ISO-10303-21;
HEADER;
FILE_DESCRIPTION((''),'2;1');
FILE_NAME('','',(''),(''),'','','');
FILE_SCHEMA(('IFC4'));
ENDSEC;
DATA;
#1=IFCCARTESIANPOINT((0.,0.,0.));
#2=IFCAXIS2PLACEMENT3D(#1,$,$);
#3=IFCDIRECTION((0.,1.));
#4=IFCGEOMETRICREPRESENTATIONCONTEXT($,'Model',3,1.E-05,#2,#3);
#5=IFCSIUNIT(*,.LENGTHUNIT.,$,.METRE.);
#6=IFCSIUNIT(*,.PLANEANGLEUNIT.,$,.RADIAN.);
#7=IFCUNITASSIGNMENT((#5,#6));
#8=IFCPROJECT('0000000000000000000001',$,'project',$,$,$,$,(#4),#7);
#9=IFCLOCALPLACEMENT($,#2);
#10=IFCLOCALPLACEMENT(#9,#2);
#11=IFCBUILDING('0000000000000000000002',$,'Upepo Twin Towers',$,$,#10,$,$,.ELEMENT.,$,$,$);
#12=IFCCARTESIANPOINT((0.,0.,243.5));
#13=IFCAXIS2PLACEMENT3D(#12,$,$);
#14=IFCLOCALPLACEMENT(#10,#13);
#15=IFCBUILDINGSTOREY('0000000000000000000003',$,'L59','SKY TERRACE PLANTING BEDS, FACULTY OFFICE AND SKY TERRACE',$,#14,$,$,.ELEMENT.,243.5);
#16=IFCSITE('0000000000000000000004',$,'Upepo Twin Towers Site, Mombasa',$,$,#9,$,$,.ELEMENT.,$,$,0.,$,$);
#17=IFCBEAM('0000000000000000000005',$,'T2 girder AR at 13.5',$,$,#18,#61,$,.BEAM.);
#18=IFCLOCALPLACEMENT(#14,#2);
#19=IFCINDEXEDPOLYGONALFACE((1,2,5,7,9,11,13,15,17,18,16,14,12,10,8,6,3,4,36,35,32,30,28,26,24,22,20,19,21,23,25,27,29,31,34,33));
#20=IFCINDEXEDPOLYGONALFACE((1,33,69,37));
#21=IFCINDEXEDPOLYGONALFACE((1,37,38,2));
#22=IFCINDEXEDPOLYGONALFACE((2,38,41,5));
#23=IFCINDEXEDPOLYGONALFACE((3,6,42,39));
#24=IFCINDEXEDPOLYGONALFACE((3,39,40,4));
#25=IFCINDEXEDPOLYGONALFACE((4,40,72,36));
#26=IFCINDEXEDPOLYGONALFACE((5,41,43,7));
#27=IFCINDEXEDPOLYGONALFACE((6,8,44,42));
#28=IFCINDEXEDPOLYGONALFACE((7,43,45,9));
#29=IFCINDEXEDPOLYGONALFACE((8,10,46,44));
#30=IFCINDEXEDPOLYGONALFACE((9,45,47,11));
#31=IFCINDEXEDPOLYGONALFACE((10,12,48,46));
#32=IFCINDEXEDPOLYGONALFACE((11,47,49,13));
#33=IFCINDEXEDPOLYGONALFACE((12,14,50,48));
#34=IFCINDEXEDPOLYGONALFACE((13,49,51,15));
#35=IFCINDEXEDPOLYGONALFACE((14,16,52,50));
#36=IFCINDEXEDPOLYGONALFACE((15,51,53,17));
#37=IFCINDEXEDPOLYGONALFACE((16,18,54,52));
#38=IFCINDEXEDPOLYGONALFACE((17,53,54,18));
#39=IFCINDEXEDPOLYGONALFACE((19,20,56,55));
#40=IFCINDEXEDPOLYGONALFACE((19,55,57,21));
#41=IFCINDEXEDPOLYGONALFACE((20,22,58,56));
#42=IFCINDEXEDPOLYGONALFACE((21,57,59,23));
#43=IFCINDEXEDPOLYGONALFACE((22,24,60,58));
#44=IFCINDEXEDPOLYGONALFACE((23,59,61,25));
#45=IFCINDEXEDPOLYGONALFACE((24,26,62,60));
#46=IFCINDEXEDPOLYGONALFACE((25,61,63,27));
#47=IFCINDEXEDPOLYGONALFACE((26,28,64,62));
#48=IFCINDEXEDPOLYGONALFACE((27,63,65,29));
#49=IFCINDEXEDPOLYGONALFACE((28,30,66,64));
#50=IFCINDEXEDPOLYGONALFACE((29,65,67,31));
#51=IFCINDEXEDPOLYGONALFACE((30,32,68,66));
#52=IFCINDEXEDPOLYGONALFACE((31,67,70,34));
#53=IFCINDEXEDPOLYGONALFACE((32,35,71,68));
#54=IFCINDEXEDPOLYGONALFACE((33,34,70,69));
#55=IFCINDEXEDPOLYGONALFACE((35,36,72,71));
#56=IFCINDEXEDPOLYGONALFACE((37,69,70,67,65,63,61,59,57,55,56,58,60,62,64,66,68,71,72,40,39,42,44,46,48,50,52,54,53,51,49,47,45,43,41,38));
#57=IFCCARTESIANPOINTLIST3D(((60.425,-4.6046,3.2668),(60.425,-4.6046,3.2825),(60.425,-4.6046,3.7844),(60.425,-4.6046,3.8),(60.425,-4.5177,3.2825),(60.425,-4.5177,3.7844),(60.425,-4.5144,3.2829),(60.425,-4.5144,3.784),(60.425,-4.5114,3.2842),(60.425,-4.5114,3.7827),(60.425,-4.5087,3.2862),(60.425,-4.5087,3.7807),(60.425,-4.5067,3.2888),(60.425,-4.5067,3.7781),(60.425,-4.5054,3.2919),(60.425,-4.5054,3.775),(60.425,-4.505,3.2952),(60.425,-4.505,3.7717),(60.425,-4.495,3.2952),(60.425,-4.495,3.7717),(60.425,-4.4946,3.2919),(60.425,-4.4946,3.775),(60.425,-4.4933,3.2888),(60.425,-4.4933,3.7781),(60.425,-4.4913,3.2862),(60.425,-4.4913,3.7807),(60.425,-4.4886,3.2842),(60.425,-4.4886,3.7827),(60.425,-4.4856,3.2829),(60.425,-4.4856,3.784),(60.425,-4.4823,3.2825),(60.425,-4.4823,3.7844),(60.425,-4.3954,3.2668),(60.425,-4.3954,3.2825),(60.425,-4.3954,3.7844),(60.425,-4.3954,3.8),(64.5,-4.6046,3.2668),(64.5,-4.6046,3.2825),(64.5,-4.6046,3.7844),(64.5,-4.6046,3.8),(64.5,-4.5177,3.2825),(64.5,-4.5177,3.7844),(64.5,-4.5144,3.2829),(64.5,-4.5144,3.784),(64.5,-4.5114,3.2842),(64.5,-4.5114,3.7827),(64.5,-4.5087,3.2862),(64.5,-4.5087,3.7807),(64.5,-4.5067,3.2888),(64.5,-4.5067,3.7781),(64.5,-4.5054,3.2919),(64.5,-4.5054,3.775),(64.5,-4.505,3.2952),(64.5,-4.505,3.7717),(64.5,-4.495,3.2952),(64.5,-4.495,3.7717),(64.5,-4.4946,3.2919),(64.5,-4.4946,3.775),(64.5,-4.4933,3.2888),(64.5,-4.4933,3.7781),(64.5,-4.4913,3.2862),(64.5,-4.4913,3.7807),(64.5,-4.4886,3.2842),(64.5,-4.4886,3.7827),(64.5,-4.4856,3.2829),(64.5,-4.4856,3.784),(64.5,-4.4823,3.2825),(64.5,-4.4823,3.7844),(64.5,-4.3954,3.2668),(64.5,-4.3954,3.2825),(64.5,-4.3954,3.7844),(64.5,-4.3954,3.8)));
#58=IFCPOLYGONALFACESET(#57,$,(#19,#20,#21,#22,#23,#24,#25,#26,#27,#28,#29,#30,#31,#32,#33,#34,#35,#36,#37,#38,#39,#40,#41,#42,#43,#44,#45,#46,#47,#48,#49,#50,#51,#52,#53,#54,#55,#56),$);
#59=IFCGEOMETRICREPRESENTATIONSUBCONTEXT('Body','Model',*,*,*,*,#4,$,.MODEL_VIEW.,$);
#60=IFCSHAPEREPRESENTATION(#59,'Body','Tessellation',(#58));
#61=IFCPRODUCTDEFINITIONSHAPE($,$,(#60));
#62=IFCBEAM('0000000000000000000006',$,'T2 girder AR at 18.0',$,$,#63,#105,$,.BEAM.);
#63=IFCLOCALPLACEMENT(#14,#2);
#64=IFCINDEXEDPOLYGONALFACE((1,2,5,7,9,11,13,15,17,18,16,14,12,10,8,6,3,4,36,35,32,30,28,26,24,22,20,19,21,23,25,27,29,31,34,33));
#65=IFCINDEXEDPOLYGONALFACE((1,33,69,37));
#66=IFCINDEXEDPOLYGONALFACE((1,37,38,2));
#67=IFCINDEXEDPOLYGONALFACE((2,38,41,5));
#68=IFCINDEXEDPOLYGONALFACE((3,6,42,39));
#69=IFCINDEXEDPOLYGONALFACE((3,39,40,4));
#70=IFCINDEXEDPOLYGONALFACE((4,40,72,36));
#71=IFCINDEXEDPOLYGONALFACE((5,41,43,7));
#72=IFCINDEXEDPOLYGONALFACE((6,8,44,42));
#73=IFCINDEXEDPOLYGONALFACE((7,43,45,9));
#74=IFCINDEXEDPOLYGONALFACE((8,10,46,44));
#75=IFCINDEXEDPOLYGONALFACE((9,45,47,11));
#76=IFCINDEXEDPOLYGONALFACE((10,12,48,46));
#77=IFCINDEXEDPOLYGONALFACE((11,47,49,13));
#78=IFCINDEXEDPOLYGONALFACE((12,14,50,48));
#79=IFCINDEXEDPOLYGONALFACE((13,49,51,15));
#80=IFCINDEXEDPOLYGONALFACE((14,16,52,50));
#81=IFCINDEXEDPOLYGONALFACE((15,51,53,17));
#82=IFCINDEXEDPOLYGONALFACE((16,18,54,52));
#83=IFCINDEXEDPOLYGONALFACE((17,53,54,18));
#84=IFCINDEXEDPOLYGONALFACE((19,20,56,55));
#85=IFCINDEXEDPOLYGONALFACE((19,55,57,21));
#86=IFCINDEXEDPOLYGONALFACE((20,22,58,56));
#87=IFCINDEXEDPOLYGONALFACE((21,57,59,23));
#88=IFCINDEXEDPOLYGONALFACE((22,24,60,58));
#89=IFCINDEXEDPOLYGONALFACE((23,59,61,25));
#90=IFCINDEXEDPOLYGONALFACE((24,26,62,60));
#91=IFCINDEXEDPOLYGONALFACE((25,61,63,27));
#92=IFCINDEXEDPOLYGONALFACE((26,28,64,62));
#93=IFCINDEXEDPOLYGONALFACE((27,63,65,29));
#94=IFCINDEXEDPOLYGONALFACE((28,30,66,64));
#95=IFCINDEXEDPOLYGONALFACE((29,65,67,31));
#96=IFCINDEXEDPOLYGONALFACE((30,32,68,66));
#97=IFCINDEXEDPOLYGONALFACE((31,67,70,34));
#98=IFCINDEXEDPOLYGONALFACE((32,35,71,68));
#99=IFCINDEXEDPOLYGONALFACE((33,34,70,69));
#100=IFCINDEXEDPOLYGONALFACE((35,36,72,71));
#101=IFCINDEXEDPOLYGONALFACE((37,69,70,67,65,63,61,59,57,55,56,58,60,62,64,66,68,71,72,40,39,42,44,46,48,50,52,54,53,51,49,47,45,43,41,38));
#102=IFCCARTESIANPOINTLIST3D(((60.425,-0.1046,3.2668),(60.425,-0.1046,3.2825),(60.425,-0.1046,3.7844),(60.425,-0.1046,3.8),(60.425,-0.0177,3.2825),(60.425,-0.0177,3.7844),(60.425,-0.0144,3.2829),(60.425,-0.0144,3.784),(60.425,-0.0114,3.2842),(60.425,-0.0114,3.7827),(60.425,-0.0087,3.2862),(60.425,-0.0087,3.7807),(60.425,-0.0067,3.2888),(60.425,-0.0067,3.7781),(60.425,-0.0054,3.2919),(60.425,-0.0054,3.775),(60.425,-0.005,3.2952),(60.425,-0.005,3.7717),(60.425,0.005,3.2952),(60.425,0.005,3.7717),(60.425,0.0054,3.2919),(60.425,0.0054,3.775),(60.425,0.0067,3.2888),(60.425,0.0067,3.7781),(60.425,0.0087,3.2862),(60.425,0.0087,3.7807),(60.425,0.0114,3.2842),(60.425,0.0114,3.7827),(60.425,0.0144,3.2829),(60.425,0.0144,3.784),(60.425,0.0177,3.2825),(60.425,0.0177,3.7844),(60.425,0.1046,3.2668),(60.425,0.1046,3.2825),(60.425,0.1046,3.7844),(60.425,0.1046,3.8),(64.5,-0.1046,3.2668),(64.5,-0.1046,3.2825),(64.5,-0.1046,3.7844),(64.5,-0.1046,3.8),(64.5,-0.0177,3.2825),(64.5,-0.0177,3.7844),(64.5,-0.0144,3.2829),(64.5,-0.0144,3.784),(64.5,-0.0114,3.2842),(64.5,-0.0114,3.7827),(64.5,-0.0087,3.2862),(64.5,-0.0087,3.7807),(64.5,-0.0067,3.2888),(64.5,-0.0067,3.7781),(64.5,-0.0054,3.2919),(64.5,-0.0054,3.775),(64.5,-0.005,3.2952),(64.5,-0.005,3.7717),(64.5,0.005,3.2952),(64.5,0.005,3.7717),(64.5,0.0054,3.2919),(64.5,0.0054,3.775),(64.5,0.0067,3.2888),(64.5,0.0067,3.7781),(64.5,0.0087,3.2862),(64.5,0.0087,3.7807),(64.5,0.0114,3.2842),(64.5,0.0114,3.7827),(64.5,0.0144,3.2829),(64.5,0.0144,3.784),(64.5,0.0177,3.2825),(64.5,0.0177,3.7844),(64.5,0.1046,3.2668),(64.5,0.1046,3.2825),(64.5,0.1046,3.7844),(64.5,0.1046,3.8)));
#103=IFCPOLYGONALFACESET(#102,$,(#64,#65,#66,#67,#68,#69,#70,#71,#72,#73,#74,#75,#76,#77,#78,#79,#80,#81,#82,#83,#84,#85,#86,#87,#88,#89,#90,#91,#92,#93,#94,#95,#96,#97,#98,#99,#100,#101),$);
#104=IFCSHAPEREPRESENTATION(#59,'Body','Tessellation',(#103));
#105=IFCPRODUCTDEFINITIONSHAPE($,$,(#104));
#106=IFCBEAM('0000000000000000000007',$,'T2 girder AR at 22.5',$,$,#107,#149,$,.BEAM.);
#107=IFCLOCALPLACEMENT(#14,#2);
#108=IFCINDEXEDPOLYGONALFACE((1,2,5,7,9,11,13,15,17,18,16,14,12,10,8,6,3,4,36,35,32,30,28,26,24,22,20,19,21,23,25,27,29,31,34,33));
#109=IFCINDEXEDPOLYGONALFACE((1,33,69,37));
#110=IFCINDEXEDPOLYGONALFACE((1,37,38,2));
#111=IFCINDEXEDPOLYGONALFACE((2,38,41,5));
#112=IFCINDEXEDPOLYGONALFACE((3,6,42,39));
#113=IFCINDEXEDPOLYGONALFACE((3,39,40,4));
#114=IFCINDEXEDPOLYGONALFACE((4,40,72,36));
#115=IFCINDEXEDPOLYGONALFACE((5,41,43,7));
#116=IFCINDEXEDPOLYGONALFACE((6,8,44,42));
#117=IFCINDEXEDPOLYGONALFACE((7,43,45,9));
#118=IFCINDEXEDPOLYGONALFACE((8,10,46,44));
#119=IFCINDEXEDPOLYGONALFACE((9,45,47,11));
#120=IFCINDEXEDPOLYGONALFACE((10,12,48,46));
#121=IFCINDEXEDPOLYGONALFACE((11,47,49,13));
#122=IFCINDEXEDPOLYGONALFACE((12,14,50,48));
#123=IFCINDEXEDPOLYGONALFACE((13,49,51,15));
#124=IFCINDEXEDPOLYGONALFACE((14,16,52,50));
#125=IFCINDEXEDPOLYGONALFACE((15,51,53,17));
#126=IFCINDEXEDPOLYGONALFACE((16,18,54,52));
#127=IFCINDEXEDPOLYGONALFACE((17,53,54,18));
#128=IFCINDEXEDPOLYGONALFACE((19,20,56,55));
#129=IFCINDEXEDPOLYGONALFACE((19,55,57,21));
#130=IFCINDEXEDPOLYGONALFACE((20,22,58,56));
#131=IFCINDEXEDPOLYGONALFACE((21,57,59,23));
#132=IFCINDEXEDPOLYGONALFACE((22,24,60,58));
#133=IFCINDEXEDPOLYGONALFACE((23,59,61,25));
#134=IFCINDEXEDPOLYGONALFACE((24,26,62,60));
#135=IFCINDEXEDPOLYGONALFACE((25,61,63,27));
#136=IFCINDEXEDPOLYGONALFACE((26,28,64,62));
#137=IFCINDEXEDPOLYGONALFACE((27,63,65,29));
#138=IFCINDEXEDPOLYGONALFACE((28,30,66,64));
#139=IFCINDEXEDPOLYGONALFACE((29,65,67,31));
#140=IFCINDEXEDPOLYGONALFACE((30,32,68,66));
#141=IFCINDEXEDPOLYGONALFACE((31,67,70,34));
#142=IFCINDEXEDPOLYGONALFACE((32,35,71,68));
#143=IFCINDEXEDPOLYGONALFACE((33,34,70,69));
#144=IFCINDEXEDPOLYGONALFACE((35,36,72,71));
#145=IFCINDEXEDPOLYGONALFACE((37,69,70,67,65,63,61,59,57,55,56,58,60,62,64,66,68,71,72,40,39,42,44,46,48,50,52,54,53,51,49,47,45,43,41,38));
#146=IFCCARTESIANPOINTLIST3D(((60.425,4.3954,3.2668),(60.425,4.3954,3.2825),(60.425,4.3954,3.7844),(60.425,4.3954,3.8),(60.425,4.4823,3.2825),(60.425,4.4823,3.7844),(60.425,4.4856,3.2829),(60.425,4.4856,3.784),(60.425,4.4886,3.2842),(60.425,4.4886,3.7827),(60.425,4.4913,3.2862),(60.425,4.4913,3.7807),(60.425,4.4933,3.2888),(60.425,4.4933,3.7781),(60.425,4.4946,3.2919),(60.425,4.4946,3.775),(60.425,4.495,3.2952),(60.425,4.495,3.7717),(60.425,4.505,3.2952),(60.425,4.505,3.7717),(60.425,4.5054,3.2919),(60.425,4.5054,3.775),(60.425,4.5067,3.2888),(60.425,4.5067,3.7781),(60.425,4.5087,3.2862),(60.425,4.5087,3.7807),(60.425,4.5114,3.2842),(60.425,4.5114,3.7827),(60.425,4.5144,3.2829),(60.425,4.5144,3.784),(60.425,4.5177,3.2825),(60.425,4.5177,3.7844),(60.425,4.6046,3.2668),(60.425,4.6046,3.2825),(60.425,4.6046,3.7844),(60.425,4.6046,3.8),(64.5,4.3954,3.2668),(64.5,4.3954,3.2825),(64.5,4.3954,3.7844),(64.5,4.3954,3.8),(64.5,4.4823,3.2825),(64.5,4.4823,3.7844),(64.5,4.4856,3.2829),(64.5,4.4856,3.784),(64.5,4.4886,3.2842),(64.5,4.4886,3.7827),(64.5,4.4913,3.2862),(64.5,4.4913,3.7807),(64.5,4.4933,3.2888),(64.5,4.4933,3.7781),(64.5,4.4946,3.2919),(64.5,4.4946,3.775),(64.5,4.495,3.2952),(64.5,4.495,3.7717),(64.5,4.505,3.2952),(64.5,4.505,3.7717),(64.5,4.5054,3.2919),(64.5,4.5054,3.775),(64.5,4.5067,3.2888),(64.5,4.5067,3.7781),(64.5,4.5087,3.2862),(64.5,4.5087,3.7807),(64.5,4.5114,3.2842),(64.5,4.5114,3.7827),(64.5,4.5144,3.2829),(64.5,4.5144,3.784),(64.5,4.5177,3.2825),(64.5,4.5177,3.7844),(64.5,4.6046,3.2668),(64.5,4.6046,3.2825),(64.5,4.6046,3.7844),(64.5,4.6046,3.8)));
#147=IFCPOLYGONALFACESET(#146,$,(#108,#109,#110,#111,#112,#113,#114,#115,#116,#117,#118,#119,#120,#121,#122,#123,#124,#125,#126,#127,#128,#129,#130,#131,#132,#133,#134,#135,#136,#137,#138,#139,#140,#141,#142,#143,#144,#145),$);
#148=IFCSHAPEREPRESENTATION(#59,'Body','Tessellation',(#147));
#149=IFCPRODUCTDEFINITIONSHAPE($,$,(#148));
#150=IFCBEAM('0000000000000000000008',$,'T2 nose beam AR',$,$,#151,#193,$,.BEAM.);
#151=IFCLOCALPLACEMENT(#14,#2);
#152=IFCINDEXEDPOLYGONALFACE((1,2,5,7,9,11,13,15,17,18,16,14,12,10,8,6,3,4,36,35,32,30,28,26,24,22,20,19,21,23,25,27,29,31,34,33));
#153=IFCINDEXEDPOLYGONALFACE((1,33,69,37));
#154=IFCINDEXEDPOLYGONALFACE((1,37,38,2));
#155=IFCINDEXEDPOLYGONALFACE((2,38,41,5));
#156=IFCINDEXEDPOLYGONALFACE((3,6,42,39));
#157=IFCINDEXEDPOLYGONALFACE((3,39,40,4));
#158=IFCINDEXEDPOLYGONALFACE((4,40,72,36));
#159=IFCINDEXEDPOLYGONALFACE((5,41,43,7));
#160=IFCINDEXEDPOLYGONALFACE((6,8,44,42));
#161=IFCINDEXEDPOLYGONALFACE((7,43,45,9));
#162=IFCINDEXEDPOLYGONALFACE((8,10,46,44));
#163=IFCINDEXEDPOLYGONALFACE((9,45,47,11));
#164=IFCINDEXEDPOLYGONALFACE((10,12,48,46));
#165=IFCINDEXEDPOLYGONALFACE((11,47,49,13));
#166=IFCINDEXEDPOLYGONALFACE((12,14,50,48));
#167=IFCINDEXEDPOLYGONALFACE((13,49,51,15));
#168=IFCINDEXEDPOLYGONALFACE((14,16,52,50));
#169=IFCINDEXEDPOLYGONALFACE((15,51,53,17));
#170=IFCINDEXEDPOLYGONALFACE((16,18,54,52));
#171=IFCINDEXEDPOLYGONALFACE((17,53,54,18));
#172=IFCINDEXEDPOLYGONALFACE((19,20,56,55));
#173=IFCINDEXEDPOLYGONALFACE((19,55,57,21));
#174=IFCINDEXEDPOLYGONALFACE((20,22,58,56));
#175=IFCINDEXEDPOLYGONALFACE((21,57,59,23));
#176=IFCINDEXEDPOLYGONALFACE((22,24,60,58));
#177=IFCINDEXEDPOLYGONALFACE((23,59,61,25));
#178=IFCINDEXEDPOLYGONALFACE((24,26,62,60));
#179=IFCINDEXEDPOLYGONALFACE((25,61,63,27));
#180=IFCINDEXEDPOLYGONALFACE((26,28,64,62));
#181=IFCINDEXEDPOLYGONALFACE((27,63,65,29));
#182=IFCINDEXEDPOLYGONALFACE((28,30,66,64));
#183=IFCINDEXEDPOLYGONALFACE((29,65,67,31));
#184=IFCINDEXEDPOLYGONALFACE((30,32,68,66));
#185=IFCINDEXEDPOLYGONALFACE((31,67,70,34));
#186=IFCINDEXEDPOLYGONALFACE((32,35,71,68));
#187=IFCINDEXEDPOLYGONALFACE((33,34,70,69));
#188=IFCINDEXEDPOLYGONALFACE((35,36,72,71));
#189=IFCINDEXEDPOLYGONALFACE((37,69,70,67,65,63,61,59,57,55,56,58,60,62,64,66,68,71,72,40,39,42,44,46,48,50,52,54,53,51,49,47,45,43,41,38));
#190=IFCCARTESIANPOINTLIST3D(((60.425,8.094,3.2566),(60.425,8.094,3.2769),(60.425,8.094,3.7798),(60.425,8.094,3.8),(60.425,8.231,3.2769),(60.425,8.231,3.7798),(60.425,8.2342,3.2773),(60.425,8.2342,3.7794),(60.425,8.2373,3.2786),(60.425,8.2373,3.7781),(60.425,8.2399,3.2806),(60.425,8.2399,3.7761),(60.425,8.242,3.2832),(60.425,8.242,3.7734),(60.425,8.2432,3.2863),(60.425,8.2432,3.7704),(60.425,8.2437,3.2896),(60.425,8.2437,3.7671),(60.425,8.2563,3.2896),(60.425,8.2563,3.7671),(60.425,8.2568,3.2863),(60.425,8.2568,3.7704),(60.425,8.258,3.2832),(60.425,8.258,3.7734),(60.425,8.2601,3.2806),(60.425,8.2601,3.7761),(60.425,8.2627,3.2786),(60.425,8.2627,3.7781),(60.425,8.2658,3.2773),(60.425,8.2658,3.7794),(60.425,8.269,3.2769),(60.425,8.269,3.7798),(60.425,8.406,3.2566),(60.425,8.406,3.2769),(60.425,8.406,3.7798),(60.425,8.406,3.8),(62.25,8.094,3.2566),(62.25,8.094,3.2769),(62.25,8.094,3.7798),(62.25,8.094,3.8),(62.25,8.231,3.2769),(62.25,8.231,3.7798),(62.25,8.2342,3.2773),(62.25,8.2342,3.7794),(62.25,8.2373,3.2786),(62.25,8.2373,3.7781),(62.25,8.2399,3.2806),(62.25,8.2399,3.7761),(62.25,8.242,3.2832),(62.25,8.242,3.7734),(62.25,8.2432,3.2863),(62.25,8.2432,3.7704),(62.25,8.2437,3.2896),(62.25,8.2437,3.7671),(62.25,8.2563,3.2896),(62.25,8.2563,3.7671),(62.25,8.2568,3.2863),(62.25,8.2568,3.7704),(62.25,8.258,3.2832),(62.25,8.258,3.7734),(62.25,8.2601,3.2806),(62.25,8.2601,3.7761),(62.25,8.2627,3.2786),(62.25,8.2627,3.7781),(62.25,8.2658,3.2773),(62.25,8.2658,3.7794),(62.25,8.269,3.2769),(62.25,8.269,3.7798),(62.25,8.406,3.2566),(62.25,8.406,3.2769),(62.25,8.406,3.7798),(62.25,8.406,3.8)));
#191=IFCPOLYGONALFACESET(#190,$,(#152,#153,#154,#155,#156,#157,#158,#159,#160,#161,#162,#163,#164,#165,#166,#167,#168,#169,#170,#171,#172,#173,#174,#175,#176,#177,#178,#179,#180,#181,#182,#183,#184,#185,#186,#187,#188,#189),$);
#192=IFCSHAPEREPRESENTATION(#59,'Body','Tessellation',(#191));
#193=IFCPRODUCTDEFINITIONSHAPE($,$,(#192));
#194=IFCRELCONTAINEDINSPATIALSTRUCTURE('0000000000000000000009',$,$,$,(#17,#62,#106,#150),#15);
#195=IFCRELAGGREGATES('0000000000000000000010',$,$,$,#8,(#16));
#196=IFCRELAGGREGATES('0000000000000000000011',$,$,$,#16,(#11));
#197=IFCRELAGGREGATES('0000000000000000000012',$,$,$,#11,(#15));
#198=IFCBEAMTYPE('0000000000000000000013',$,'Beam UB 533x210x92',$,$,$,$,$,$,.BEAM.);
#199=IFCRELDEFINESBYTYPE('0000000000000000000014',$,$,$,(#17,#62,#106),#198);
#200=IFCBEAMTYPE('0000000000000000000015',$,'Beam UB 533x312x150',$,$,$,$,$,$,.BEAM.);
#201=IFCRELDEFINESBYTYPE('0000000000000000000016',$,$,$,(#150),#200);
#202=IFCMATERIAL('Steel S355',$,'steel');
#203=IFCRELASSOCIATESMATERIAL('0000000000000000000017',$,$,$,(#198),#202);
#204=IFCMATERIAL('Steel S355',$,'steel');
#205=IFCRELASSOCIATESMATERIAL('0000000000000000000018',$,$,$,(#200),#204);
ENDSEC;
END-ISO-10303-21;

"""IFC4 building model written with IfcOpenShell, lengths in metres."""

from ifc_helpers import new_model, si_unit, direction, frame, origin, origin_2d, place, context, subcontext, project, spatial, i_section, extrude, material, material_profile, profile_set, type_object, element, save


model = new_model("IFC4")

# Units and contexts
model_context = context("Model", 3, precision=1e-05, world=origin(), true_north=direction((0.0, 1.0)))
body_context = subcontext(model_context, "Body", "Model", "MODEL_VIEW")
ifc_project = project(units=[si_unit("LENGTHUNIT", "METRE"), si_unit("PLANEANGLEUNIT", "RADIAN")], contexts=[model_context])

# Site, building, storey
site_placement = place(None, origin())
site = spatial("IfcSite", under=ifc_project, at=site_placement, Name="Upepo Twin Towers Site, Mombasa", CompositionType="ELEMENT", RefElevation=0.0)
building_placement = place(site_placement, origin())
building = spatial("IfcBuilding", under=site, at=building_placement, Name="Upepo Twin Towers", CompositionType="ELEMENT")
storey_placement = place(building_placement, frame((0.0, 0.0, 243.5)))
storey = spatial("IfcBuildingStorey", under=building, at=storey_placement, Name="L59", Description="SKY TERRACE PLANTING BEDS, FACULTY OFFICE AND SKY TERRACE", CompositionType="ELEMENT", Elevation=243.5)

# Beams
ifc_material_1 = material(Name="Steel S355", Category="steel")
ifc_material_profile_1 = material_profile(ifc_material_1, i_section(OverallWidth=0.2092, OverallDepth=0.5332, WebThickness=0.01, FlangeThickness=0.0156, FilletRadius=0.0127, at=origin_2d()), Name="UB 533x210x92")
ifc_profile_set_1 = profile_set([ifc_material_profile_1], Name="Steel S355")
beam_type_1 = type_object("IfcBeamType", Name="Beam UB 533x210x92", PredefinedType="BEAM", material=ifc_profile_set_1)
for number, where, z_axis, x_axis, name in (
    (1, (64.5, -4.5, 3.5334), (-1.0, 0.0, 0.0), (0.0, -1.0, 0.0), "T2 girder AR at 13.5"),
    (2, (64.5, 0.0, 3.5334), (-1.0, 0.0, 0.0), (0.0, -1.0, 0.0), "T2 girder AR at 18.0"),
    (3, (64.5, 4.5, 3.5334), (-1.0, 0.0, 0.0), (0.0, -1.0, 0.0), "T2 girder AR at 22.5"),
):
    element("IfcBeam", number, at=place(storey_placement, frame(where, z_axis=z_axis, x_axis=x_axis)), inside=storey, type_object=beam_type_1, Name=name, PredefinedType="BEAM", context=body_context, shape_type="SweptSolid", body=[
        extrude(i_section(OverallWidth=0.2092, OverallDepth=0.5332, WebThickness=0.01, FlangeThickness=0.0156, FilletRadius=0.0127, at=origin_2d()), origin(), (0.0, 0.0, 1.0), 4.075),
    ])
ifc_material_2 = material(Name="Steel S355", Category="steel")
ifc_material_profile_2 = material_profile(ifc_material_2, i_section(OverallWidth=0.312, OverallDepth=0.5435, WebThickness=0.0127, FlangeThickness=0.0203, FilletRadius=0.0127, at=origin_2d()), Name="UB 533x312x150")
ifc_profile_set_2 = profile_set([ifc_material_profile_2], Name="Steel S355")
beam_type_2 = type_object("IfcBeamType", Name="Beam UB 533x312x150", PredefinedType="BEAM", material=ifc_profile_set_2)
beam_1_placement = place(storey_placement, frame((62.25, 8.25, 3.5283), z_axis=(-1.0, 0.0, 0.0), x_axis=(0.0, -1.0, 0.0)))
element("IfcBeam", 4, at=beam_1_placement, inside=storey, type_object=beam_type_2, Name="T2 nose beam AR", PredefinedType="BEAM", context=body_context, shape_type="SweptSolid", body=[
    extrude(i_section(OverallWidth=0.312, OverallDepth=0.5435, WebThickness=0.0127, FlangeThickness=0.0203, FilletRadius=0.0127, at=origin_2d()), origin(), (0.0, 0.0, 1.0), 1.825),
])

save(model, "model.ifc")
